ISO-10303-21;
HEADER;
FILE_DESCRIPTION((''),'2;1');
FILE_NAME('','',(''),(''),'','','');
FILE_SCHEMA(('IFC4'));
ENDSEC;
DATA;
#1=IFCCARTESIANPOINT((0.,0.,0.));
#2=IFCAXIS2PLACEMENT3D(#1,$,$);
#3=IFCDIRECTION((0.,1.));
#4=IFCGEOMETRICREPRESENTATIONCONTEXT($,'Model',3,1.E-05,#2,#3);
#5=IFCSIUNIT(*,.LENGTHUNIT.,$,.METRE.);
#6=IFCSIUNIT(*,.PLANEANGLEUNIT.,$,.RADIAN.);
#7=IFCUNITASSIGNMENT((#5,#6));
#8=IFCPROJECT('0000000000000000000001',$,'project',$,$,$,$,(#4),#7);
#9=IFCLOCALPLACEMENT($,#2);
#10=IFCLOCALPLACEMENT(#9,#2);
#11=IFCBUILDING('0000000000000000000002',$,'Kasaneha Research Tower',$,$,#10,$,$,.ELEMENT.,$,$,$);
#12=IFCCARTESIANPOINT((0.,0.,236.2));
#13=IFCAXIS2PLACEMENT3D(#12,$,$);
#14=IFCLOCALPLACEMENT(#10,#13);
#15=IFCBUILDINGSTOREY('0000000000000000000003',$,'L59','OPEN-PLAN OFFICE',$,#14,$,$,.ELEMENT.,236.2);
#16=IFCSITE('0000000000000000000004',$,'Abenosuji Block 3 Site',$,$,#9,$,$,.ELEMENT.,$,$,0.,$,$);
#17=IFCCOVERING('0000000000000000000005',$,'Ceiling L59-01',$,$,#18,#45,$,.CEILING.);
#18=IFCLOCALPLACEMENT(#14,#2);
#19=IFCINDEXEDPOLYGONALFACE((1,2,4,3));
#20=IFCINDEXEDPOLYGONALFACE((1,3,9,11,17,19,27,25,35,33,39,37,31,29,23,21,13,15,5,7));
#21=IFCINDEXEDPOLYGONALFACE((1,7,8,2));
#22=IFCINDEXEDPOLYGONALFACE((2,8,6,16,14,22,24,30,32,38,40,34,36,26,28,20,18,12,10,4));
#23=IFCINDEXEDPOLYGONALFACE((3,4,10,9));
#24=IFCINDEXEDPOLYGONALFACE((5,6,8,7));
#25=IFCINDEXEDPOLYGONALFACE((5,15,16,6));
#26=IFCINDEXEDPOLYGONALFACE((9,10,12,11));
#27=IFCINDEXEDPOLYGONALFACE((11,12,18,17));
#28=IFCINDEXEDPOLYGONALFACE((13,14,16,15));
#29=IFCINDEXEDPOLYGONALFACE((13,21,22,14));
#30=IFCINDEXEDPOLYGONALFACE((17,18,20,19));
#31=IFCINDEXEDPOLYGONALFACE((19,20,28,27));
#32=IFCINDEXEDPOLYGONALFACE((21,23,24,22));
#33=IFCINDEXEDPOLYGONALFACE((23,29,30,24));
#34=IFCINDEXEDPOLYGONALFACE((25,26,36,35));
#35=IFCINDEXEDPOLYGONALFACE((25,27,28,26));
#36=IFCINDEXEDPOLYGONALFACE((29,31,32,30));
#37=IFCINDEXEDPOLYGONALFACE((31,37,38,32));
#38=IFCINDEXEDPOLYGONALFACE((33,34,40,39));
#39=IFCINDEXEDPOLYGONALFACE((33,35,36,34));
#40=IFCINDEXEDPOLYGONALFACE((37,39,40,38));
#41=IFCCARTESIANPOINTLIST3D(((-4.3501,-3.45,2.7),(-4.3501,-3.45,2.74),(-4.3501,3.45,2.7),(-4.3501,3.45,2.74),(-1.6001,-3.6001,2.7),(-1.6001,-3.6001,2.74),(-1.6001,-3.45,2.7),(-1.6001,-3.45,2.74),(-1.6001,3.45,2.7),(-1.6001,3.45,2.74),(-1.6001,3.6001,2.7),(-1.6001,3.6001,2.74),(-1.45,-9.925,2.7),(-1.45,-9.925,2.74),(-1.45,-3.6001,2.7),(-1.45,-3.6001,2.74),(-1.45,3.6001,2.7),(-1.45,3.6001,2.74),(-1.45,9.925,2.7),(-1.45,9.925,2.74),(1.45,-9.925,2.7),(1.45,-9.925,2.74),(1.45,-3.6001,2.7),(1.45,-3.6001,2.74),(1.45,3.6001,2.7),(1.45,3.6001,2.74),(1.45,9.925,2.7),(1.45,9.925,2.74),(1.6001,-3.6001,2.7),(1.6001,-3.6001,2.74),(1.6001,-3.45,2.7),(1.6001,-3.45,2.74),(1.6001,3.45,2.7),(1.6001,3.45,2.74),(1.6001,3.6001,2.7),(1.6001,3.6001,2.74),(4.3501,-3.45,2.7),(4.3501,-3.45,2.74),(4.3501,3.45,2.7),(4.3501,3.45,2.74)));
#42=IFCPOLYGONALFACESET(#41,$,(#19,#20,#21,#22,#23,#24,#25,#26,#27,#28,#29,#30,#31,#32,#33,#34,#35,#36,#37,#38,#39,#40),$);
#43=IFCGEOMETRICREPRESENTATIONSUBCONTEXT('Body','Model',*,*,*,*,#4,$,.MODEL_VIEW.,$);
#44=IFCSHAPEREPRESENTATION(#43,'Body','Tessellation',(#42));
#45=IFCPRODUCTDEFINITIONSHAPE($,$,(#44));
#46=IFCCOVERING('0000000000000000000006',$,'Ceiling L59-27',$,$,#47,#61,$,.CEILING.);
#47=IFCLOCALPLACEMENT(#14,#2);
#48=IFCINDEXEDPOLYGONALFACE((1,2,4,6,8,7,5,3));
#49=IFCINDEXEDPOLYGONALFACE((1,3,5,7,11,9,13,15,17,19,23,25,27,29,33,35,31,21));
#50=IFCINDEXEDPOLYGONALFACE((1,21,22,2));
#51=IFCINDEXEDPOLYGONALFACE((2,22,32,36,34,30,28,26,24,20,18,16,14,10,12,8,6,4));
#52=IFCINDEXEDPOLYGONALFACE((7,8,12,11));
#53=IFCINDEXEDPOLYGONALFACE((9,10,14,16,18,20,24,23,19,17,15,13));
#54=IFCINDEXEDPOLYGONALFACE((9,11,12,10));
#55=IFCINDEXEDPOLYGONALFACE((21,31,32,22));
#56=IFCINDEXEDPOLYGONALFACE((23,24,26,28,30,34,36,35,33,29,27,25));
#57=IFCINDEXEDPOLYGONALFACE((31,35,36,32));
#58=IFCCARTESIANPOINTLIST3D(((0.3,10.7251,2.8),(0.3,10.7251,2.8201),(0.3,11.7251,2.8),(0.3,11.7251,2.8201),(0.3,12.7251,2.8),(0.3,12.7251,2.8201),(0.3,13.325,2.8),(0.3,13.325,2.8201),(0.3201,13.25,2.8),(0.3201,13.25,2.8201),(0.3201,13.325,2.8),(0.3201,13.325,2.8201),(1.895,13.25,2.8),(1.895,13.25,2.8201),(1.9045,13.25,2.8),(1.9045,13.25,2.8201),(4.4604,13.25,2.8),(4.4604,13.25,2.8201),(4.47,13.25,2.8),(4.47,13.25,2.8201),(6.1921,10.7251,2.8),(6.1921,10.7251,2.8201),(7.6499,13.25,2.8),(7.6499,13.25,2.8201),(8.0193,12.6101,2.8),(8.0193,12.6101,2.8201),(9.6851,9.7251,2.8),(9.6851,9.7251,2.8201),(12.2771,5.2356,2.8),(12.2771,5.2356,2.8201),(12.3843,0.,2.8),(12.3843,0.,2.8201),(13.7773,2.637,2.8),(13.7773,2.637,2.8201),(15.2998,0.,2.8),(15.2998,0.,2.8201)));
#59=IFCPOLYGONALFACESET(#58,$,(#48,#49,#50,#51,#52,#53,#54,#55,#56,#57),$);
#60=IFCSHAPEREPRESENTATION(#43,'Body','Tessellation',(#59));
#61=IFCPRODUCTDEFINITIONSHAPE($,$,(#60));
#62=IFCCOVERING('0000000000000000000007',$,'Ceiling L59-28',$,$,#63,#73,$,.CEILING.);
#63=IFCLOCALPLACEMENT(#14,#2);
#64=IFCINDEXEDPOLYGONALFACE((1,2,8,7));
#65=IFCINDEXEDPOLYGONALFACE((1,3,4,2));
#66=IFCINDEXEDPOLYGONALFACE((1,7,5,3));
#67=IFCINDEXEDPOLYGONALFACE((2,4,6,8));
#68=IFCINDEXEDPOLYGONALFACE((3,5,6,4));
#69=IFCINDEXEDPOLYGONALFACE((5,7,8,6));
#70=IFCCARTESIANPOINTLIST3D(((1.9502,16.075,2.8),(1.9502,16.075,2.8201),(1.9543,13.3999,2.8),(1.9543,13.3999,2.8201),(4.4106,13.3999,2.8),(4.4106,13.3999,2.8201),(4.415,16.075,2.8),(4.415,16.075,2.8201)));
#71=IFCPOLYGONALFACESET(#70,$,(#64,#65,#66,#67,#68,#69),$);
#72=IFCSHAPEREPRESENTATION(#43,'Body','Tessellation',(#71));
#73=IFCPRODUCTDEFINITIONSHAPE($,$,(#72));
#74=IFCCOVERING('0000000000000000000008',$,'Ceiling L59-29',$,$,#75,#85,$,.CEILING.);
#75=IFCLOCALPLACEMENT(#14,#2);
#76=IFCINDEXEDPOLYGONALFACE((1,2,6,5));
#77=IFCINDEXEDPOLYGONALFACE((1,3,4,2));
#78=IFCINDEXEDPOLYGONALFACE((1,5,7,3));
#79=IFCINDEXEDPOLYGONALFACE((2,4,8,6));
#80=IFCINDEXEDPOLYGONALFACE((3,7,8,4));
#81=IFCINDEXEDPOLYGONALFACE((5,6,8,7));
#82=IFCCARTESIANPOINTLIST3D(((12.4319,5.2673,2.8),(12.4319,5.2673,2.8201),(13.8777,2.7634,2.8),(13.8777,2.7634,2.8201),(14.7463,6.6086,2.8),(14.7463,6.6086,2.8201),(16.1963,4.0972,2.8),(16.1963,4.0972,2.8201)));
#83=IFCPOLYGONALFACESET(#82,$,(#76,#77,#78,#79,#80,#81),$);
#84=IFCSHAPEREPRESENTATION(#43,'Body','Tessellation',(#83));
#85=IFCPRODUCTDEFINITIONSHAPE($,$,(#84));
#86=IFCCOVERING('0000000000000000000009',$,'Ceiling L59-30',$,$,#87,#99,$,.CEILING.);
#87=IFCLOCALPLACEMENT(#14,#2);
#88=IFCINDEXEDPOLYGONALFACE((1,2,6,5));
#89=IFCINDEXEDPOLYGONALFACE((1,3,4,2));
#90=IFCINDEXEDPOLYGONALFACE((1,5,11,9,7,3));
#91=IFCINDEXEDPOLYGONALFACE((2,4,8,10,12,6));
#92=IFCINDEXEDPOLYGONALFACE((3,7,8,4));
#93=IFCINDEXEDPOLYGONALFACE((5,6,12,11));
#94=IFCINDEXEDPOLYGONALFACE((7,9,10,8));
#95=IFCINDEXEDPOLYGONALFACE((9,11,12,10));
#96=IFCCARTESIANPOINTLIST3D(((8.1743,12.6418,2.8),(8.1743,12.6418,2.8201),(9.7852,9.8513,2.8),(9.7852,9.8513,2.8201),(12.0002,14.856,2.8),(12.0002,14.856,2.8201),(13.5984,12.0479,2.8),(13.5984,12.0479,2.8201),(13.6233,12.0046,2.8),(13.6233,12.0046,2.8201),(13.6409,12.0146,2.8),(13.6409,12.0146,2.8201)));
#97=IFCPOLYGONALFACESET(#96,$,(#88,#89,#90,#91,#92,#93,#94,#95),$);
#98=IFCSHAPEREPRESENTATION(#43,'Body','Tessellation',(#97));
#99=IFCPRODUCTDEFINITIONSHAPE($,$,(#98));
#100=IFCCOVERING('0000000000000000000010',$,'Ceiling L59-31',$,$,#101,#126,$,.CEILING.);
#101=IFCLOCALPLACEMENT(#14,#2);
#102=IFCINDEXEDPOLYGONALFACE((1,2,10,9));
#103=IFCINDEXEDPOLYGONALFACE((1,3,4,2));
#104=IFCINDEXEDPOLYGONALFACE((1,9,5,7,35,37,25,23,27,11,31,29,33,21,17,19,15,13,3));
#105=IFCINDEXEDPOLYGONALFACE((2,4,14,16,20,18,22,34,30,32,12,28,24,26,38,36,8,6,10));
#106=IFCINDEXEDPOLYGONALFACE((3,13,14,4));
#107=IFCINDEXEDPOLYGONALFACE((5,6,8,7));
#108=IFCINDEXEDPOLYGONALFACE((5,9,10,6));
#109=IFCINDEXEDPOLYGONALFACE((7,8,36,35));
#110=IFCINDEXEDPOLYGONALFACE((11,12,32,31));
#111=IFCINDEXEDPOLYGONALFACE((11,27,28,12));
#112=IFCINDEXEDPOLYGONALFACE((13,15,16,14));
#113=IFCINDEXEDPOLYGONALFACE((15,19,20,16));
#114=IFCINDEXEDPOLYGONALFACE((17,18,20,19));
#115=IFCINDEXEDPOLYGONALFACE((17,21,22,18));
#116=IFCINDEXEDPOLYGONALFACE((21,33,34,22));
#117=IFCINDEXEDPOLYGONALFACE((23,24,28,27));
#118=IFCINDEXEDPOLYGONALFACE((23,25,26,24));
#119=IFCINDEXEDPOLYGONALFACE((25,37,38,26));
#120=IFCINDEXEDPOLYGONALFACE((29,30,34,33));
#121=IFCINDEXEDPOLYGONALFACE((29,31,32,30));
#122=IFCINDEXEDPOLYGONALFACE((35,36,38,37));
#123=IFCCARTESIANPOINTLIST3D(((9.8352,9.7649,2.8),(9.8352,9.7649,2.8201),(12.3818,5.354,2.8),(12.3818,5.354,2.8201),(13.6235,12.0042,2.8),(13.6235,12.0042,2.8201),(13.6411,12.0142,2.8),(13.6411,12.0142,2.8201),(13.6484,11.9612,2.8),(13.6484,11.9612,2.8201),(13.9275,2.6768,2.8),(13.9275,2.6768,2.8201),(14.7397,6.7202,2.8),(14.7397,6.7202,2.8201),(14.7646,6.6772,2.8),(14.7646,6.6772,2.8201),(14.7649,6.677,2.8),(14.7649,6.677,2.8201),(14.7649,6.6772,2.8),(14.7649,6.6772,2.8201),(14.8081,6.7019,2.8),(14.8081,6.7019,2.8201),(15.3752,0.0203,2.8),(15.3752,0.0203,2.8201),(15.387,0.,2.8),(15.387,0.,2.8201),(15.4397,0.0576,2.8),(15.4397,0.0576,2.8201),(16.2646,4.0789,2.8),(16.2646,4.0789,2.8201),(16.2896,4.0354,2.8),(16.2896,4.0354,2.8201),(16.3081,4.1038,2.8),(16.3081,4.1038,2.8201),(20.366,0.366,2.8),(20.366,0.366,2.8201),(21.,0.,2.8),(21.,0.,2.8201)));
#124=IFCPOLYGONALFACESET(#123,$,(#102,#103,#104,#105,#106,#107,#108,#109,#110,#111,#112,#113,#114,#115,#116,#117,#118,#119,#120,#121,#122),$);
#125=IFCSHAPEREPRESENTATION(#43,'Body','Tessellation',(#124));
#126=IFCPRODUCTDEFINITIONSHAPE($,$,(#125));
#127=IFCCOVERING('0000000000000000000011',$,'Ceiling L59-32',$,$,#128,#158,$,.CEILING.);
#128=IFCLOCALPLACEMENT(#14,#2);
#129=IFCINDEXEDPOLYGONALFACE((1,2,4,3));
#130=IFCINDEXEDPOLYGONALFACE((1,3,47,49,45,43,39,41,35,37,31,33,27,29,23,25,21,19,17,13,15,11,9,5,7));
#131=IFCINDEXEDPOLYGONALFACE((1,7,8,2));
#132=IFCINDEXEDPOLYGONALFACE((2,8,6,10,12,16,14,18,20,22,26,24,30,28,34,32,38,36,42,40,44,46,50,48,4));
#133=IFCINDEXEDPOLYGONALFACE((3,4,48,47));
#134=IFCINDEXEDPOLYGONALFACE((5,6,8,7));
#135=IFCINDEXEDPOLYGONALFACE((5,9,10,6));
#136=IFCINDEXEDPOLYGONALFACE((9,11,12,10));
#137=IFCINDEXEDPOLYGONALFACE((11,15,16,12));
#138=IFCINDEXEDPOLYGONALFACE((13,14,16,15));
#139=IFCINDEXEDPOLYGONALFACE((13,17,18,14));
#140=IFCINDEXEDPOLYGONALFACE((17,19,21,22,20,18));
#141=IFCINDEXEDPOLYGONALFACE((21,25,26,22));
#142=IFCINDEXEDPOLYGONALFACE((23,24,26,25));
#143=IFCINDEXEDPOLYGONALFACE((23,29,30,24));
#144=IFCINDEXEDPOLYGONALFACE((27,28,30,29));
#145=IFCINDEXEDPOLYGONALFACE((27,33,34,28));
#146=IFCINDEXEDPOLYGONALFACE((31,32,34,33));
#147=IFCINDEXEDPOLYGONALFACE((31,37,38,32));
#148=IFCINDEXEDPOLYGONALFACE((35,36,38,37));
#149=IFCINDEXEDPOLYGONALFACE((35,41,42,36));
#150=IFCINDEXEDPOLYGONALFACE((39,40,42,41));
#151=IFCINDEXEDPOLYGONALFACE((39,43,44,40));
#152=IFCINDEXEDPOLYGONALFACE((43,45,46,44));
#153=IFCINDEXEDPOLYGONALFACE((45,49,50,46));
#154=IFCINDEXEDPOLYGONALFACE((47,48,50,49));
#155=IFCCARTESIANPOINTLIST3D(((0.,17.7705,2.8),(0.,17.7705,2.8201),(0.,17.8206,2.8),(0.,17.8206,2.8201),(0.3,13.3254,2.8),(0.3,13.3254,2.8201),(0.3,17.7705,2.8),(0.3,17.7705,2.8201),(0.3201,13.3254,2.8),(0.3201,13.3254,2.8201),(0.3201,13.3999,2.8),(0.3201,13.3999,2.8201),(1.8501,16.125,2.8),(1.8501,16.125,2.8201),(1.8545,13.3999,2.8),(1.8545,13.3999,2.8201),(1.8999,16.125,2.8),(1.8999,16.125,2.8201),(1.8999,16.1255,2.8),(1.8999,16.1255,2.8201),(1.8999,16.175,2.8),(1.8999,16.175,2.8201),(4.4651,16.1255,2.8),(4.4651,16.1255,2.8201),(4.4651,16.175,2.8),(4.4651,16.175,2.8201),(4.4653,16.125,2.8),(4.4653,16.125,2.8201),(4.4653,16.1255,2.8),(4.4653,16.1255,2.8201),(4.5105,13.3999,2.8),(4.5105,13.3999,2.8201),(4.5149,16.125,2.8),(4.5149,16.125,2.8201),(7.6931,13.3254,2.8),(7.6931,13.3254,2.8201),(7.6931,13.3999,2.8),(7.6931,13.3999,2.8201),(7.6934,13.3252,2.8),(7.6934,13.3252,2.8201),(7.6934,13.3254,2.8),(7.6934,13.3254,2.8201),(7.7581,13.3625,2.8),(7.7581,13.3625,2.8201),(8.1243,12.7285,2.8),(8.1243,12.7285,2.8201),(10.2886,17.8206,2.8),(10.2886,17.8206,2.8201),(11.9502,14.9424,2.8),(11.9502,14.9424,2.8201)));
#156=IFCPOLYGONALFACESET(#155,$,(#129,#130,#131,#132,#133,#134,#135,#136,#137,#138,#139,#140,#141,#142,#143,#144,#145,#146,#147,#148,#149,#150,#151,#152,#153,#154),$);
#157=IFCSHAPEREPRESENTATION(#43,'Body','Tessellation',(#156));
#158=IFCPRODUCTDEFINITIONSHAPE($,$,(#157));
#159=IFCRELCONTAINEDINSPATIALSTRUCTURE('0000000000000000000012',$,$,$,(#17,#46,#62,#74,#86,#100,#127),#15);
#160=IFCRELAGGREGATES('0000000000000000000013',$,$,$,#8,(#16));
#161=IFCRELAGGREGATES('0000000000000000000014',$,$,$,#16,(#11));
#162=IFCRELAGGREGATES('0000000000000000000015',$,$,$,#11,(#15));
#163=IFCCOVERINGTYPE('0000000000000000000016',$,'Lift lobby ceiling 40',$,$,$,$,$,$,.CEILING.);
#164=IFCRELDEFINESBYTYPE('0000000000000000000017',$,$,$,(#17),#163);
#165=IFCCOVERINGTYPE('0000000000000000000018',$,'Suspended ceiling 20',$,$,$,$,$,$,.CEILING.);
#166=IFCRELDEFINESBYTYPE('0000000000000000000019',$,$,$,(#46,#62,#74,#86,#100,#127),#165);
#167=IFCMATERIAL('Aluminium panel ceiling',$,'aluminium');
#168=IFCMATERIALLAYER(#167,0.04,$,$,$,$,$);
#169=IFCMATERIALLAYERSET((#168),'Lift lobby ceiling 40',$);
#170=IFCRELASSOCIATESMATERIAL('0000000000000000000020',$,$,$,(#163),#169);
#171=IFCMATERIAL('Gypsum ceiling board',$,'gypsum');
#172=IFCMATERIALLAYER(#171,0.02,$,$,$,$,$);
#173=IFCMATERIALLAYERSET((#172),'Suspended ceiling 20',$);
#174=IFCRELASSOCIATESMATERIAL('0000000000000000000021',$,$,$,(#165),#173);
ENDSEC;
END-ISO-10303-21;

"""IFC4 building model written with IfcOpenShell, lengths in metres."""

from ifc_helpers import new_model, si_unit, direction, frame, origin, place, context, subcontext, project, spatial, polyline, outline, extrude, material, layer, layer_set, type_object, element, save


model = new_model("IFC4")

# Units and contexts
model_context = context("Model", 3, precision=1e-05, world=origin(), true_north=direction((0.0, 1.0)))
body_context = subcontext(model_context, "Body", "Model", "MODEL_VIEW")
ifc_project = project(units=[si_unit("LENGTHUNIT", "METRE"), si_unit("PLANEANGLEUNIT", "RADIAN")], contexts=[model_context])

# Site, building, storey
site_placement = place(None, origin())
site = spatial("IfcSite", under=ifc_project, at=site_placement, Name="Abenosuji Block 3 Site", CompositionType="ELEMENT", RefElevation=0.0)
building_placement = place(site_placement, origin())
building = spatial("IfcBuilding", under=site, at=building_placement, Name="Kasaneha Research Tower", CompositionType="ELEMENT")
storey_placement = place(building_placement, frame((0.0, 0.0, 236.2)))
storey = spatial("IfcBuildingStorey", under=building, at=storey_placement, Name="L59", Description="OPEN-PLAN OFFICE", CompositionType="ELEMENT", Elevation=236.2)

# Coverings
ifc_material_1 = material(Name="Aluminium panel ceiling", Category="aluminium")
ifc_layer_1 = layer(ifc_material_1, 0.04)
ifc_layer_set_1 = layer_set([ifc_layer_1], Name="Lift lobby ceiling 40")
covering_type_1 = type_object("IfcCoveringType", Name="Lift lobby ceiling 40", PredefinedType="CEILING", material=ifc_layer_set_1)
covering_1_placement = place(storey_placement, frame((0.0, 0.0, 2.7)))
element("IfcCovering", 1, at=covering_1_placement, inside=storey, type_object=covering_type_1, Name="Ceiling L59-01", PredefinedType="CEILING", context=body_context, shape_type="SweptSolid", body=[
    extrude(outline(polyline([(1.45, 9.925), (1.45, 3.6001), (1.6001, 3.6001), (1.6001, 3.45), (4.3501, 3.45), (4.3501, -3.45), (1.6001, -3.45), (1.6001, -3.6001), (1.45, -3.6001), (1.45, -9.925), (-1.45, -9.925), (-1.45, -3.6001), (-1.6001, -3.6001), (-1.6001, -3.45), (-4.3501, -3.45), (-4.3501, 3.45), (-1.6001, 3.45), (-1.6001, 3.6001), (-1.45, 3.6001), (-1.45, 9.925), (1.45, 9.925)])), origin(), (0.0, 0.0, 1.0), 0.04),
])
ifc_material_2 = material(Name="Gypsum ceiling board", Category="gypsum")
ifc_layer_2 = layer(ifc_material_2, 0.02)
ifc_layer_set_2 = layer_set([ifc_layer_2], Name="Suspended ceiling 20")
covering_type_2 = type_object("IfcCoveringType", Name="Suspended ceiling 20", PredefinedType="CEILING", material=ifc_layer_set_2)
covering_2_placement = place(storey_placement, frame((0.0, 0.0, 2.8)))
element("IfcCovering", 2, at=covering_2_placement, inside=storey, type_object=covering_type_2, Name="Ceiling L59-27", PredefinedType="CEILING", context=body_context, shape_type="SweptSolid", body=[
    extrude(outline(polyline([(6.1921, 10.7251), (0.3, 10.7251), (0.3, 11.7251), (0.3, 12.7251), (0.3, 13.325), (0.3201, 13.325), (0.3201, 13.25), (1.895, 13.25), (1.9045, 13.25), (4.4604, 13.25), (4.47, 13.25), (7.6499, 13.25), (8.0193, 12.6101), (8.0193, 12.6101), (9.6851, 9.7251), (9.6851, 9.7251), (12.2771, 5.2356), (12.2771, 5.2356), (13.7773, 2.637), (13.7773, 2.637), (15.2998, 0.0), (12.3843, 0.0), (6.1921, 10.7251)])), origin(), (0.0, 0.0, 1.0), 0.02),
])
covering_3_placement = place(storey_placement, frame((0.0, 0.0, 2.8)))
element("IfcCovering", 3, at=covering_3_placement, inside=storey, type_object=covering_type_2, Name="Ceiling L59-28", PredefinedType="CEILING", context=body_context, shape_type="SweptSolid", body=[
    extrude(outline(polyline([(4.415, 16.075), (4.4106, 13.3999), (1.9543, 13.3999), (1.9502, 16.075), (4.415, 16.075)])), origin(), (0.0, 0.0, 1.0), 0.02),
])
covering_4_placement = place(storey_placement, frame((0.0, 0.0, 2.8)))
element("IfcCovering", 4, at=covering_4_placement, inside=storey, type_object=covering_type_2, Name="Ceiling L59-29", PredefinedType="CEILING", context=body_context, shape_type="SweptSolid", body=[
    extrude(outline(polyline([(16.1963, 4.0972), (13.8777, 2.7634), (12.4319, 5.2673), (14.7463, 6.6086), (16.1963, 4.0972)])), origin(), (0.0, 0.0, 1.0), 0.02),
])
covering_5_placement = place(storey_placement, frame((0.0, 0.0, 2.8)))
element("IfcCovering", 5, at=covering_5_placement, inside=storey, type_object=covering_type_2, Name="Ceiling L59-30", PredefinedType="CEILING", context=body_context, shape_type="SweptSolid", body=[
    extrude(outline(polyline([(13.6233, 12.0046), (13.5984, 12.0479), (9.7852, 9.8513), (8.1743, 12.6418), (12.0002, 14.856), (13.6409, 12.0146), (13.6233, 12.0046)])), origin(), (0.0, 0.0, 1.0), 0.02),
])
covering_6_placement = place(storey_placement, frame((0.0, 0.0, 2.8)))
element("IfcCovering", 6, at=covering_6_placement, inside=storey, type_object=covering_type_2, Name="Ceiling L59-31", PredefinedType="CEILING", context=body_context, shape_type="SweptSolid", body=[
    extrude(outline(polyline([(15.3752, 0.0203), (15.4397, 0.0576), (13.9275, 2.6768), (16.2896, 4.0354), (16.2646, 4.0789), (16.3081, 4.1038), (14.8081, 6.7019), (14.7649, 6.677), (14.7649, 6.6772), (14.7646, 6.6772), (14.7397, 6.7202), (12.3818, 5.354), (9.8352, 9.7649), (13.6484, 11.9612), (13.6235, 12.0042), (13.6411, 12.0142), (20.366, 0.366), (21.0, 0.0), (15.387, 0.0), (15.3752, 0.0203)])), origin(), (0.0, 0.0, 1.0), 0.02),
])
covering_7_placement = place(storey_placement, frame((0.0, 0.0, 2.8)))
element("IfcCovering", 7, at=covering_7_placement, inside=storey, type_object=covering_type_2, Name="Ceiling L59-32", PredefinedType="CEILING", context=body_context, shape_type="SweptSolid", body=[
    extrude(outline(polyline([(10.2886, 17.8206), (11.9502, 14.9424), (8.1243, 12.7285), (7.7581, 13.3625), (7.6934, 13.3252), (7.6934, 13.3254), (7.6931, 13.3254), (7.6931, 13.3999), (4.5105, 13.3999), (4.5149, 16.125), (4.4653, 16.125), (4.4653, 16.1255), (4.4651, 16.1255), (4.4651, 16.175), (1.8999, 16.175), (1.8999, 16.1255), (1.8999, 16.1255), (1.8999, 16.125), (1.8501, 16.125), (1.8545, 13.3999), (0.3201, 13.3999), (0.3201, 13.3254), (0.3, 13.3254), (0.3, 17.7705), (0.3, 17.7705), (0.0, 17.7705), (0.0, 17.8206), (10.2886, 17.8206)])), origin(), (0.0, 0.0, 1.0), 0.02),
])

save(model, "model.ifc")
